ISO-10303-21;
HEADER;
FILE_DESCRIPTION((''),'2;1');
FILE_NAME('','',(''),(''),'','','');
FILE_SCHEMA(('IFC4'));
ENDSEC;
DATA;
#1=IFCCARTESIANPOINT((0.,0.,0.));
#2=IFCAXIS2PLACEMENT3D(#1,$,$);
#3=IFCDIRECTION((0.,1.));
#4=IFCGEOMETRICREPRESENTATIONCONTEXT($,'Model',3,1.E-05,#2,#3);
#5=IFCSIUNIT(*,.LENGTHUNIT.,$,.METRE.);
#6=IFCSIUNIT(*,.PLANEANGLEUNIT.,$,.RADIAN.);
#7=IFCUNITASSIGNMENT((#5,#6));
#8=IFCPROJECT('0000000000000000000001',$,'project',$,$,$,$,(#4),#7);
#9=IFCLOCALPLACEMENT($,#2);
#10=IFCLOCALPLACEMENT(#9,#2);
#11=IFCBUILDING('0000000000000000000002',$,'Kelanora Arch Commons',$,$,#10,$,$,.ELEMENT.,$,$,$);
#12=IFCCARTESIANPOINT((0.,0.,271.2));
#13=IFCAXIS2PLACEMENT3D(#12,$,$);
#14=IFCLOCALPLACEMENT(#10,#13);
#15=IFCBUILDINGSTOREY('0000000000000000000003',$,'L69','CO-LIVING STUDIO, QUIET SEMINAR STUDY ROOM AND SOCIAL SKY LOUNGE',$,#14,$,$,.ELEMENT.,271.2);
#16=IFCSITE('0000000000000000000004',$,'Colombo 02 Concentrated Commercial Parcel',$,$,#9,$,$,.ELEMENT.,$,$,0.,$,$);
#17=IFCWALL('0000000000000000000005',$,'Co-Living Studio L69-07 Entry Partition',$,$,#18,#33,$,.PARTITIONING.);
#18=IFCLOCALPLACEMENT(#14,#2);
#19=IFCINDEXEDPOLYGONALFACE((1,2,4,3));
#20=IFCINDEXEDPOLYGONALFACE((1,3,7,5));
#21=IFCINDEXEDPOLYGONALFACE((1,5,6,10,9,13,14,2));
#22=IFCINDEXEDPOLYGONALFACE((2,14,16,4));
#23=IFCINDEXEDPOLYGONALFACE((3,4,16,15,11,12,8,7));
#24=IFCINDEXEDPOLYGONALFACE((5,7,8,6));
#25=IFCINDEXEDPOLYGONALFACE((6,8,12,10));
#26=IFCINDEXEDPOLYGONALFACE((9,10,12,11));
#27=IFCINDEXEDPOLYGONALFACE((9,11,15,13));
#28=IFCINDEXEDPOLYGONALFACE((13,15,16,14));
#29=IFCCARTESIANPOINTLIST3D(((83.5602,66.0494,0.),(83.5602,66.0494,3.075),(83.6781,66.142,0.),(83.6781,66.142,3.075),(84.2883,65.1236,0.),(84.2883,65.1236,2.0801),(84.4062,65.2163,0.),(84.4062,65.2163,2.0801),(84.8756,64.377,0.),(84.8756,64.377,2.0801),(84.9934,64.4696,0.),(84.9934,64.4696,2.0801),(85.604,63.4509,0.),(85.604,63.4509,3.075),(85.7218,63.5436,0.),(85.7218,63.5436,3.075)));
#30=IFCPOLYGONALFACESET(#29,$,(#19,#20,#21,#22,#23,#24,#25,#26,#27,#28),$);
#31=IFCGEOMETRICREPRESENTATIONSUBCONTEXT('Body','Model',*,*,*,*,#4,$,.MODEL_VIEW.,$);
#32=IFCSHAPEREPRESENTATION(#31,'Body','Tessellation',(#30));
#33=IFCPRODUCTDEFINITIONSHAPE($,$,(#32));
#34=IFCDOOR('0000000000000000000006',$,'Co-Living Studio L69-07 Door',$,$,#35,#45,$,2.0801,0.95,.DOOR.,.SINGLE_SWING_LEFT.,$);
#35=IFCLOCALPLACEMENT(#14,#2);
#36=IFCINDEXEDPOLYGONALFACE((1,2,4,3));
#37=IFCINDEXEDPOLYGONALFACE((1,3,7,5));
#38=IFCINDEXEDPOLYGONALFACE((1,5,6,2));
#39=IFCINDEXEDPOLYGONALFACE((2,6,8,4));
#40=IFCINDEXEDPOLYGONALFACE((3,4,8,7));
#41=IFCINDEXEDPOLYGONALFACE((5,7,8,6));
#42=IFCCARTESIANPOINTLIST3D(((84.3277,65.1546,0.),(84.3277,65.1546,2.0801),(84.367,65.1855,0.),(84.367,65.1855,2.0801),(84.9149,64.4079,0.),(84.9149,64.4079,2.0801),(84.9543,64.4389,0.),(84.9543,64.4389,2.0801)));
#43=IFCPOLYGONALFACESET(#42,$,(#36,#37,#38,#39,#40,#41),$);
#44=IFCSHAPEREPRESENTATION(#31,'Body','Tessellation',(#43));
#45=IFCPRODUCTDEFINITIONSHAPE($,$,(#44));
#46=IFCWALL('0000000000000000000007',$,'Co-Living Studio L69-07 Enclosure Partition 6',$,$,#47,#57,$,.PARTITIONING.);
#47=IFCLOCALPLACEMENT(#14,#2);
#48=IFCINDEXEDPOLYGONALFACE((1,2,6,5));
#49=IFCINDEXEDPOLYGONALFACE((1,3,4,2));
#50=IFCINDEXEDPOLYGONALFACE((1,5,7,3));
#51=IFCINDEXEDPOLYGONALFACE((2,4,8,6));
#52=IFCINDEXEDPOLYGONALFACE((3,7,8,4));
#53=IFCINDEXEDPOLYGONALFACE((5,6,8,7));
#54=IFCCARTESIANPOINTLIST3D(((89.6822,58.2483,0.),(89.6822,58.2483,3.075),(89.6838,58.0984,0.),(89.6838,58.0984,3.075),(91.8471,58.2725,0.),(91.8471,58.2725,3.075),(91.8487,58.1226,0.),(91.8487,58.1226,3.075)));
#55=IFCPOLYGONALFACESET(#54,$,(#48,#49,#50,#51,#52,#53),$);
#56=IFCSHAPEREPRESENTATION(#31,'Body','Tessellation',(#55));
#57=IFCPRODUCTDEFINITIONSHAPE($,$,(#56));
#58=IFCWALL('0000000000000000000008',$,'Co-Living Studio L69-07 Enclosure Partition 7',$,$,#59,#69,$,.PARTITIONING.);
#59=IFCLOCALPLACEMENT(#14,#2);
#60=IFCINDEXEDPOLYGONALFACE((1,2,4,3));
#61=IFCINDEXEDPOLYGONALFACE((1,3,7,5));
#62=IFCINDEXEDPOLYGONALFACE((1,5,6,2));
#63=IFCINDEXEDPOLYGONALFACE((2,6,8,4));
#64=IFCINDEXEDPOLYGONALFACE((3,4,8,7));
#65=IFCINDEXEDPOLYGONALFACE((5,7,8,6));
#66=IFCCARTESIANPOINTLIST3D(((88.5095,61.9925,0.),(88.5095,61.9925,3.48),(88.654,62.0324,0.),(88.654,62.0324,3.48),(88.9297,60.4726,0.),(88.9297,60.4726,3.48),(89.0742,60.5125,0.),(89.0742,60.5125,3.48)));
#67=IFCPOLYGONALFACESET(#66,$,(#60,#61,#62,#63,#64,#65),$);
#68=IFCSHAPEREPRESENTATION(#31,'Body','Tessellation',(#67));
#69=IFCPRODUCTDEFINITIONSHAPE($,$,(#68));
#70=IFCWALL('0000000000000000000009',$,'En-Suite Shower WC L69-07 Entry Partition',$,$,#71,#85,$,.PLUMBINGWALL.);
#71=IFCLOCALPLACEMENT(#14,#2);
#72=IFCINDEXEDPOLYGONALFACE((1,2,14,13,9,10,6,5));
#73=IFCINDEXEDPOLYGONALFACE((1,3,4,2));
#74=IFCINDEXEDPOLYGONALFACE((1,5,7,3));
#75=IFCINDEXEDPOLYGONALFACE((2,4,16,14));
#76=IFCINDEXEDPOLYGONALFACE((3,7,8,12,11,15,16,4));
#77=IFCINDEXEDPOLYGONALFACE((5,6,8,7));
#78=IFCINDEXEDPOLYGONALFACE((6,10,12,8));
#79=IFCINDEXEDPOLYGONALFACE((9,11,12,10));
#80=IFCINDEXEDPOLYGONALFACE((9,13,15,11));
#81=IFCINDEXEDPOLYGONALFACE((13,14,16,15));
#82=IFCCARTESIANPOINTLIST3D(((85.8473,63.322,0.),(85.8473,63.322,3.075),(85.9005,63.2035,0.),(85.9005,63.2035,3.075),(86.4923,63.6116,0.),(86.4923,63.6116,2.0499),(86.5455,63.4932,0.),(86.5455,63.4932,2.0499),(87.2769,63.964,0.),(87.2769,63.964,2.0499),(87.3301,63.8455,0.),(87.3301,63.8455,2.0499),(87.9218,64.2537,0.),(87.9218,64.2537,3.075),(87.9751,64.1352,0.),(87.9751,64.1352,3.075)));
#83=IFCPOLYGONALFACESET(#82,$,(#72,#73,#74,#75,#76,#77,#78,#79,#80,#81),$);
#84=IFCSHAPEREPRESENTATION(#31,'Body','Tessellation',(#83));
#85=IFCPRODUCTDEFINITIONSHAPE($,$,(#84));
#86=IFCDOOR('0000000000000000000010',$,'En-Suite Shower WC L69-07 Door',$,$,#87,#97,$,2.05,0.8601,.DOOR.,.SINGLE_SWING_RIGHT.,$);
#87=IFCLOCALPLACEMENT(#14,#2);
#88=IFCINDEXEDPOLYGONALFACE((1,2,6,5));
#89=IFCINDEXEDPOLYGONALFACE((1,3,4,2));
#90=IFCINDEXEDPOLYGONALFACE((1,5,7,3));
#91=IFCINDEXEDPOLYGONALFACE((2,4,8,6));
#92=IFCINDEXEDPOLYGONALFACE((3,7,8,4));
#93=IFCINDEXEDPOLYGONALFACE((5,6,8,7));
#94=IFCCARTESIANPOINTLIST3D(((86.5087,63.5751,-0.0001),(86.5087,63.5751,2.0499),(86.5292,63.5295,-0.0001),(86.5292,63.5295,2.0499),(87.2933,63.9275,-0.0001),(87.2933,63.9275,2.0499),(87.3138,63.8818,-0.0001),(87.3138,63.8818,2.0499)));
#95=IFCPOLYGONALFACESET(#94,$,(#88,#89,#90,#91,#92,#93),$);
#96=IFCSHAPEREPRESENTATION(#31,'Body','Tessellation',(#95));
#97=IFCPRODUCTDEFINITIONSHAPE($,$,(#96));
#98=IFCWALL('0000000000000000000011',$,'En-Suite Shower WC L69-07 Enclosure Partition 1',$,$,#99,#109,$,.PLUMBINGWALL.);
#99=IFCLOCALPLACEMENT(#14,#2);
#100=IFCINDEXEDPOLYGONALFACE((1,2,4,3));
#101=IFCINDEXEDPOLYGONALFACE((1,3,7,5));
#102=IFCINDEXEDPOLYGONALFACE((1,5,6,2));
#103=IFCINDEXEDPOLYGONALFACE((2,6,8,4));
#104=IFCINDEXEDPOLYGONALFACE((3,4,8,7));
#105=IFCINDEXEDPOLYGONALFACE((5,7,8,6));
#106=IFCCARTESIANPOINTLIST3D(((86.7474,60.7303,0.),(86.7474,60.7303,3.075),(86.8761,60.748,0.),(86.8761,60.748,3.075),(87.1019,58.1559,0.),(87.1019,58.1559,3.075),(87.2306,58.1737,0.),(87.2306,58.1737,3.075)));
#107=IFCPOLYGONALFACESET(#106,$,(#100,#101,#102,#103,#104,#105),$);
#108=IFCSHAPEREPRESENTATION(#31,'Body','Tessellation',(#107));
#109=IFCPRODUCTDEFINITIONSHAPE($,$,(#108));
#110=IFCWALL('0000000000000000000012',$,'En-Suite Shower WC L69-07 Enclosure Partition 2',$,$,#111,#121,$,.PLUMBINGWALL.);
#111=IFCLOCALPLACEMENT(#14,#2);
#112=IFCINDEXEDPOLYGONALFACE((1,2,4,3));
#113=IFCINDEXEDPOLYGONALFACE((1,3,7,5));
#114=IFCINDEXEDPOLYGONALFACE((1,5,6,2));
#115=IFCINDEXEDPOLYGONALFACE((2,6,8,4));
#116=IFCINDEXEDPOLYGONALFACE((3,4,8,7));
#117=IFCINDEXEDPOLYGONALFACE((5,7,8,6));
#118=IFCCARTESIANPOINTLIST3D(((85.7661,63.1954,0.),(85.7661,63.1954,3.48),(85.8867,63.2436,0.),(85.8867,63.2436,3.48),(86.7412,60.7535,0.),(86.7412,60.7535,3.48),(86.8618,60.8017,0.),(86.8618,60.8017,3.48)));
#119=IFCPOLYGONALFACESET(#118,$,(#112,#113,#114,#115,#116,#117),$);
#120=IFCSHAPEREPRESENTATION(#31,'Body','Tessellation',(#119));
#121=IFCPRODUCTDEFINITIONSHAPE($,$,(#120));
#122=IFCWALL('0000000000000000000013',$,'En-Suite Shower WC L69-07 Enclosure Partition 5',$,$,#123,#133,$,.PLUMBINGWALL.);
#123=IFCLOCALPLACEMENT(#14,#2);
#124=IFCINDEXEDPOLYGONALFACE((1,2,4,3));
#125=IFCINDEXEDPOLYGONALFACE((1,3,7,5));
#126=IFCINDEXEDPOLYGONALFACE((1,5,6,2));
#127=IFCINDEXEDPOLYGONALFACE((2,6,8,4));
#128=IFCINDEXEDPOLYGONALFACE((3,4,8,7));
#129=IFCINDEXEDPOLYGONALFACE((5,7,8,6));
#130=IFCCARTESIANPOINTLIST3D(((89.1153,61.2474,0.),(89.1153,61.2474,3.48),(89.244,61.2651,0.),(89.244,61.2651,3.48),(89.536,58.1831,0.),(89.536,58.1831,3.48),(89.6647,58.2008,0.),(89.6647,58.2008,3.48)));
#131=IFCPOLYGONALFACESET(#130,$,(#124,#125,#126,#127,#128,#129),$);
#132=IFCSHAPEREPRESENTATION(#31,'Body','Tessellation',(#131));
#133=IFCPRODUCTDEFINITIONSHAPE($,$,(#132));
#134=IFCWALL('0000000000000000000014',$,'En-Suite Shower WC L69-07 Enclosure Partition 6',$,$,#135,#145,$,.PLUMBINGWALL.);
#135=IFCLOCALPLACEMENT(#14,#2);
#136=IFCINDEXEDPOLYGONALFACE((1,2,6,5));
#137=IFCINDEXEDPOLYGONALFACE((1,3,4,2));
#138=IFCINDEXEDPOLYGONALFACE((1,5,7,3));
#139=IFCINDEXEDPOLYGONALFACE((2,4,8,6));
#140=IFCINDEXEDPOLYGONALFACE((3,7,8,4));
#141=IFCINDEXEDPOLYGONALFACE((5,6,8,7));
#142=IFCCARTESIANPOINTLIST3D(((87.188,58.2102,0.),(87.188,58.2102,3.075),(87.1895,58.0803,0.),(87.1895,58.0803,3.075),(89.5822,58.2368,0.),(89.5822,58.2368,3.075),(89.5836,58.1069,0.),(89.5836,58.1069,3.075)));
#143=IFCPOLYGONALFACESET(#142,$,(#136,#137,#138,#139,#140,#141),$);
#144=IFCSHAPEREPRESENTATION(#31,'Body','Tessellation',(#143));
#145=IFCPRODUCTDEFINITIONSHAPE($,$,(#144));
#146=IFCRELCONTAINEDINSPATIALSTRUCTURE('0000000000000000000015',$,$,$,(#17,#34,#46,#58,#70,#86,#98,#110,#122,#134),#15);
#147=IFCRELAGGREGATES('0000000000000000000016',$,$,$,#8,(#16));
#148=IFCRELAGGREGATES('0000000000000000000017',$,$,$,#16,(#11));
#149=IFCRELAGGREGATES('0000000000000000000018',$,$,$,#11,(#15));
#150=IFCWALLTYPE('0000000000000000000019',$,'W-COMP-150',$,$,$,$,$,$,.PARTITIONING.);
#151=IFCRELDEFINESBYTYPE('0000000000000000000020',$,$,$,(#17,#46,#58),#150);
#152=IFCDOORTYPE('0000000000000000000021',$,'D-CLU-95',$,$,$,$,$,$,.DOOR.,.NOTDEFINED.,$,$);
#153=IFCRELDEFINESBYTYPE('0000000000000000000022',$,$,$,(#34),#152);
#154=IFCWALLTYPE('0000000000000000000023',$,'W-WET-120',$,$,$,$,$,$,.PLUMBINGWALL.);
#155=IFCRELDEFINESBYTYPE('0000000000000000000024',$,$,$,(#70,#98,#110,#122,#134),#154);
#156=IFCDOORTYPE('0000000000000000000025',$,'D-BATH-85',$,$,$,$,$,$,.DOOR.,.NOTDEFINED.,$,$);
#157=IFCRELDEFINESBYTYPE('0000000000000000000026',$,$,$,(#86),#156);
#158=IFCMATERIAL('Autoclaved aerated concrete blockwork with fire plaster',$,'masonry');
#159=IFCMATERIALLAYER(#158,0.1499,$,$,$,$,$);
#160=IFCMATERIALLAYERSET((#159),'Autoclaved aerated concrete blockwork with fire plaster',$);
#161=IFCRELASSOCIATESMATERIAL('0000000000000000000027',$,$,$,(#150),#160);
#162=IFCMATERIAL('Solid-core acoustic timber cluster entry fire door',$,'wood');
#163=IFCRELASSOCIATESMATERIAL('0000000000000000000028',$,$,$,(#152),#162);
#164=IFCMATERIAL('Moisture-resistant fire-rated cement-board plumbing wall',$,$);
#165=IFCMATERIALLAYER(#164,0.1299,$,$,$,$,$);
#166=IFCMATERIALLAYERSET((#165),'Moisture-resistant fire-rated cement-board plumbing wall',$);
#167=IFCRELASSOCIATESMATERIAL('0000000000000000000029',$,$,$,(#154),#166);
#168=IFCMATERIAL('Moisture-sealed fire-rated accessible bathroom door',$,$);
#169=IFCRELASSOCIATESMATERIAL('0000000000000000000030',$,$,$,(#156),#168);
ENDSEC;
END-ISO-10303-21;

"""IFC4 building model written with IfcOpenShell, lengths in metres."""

from ifc_helpers import new_model, si_unit, direction, frame, frame_2d, origin, place, context, subcontext, project, spatial, rectangle, extrude, material, layer, layer_set, type_object, element, fill, save


model = new_model("IFC4")

# Units and contexts
model_context = context("Model", 3, precision=1e-05, world=origin(), true_north=direction((0.0, 1.0)))
body_context = subcontext(model_context, "Body", "Model", "MODEL_VIEW")
ifc_project = project(units=[si_unit("LENGTHUNIT", "METRE"), si_unit("PLANEANGLEUNIT", "RADIAN")], contexts=[model_context])

# Site, building, storey
site_placement = place(None, origin())
site = spatial("IfcSite", under=ifc_project, at=site_placement, Name="Colombo 02 Concentrated Commercial Parcel", CompositionType="ELEMENT", RefElevation=0.0)
building_placement = place(site_placement, origin())
building = spatial("IfcBuilding", under=site, at=building_placement, Name="Kelanora Arch Commons", CompositionType="ELEMENT")
storey_placement = place(building_placement, frame((0.0, 0.0, 271.2)))
storey = spatial("IfcBuildingStorey", under=building, at=storey_placement, Name="L69", Description="CO-LIVING STUDIO, QUIET SEMINAR STUDY ROOM AND SOCIAL SKY LOUNGE", CompositionType="ELEMENT", Elevation=271.2)

# Wall, opening, door
ifc_material_1 = material(Name="Autoclaved aerated concrete blockwork with fire plaster", Category="masonry")
ifc_layer_1 = layer(ifc_material_1, 0.1499)
ifc_layer_set_1 = layer_set([ifc_layer_1], Name="Autoclaved aerated concrete blockwork with fire plaster")
wall_type_1 = type_object("IfcWallType", Name="W-COMP-150", PredefinedType="PARTITIONING", material=ifc_layer_set_1)
wall_1_placement = place(storey_placement, frame((85.6628, 63.4973, 0.0), z_axis=(0.0, 0.0, 1.0), x_axis=(-0.618216, 0.786008, 0.0)))
wall_1 = element("IfcWall", 1, at=wall_1_placement, inside=storey, type_object=wall_type_1, Name="Co-Living Studio L69-07 Entry Partition", PredefinedType="PARTITIONING", context=body_context, shape_type="SweptSolid", body=[
    extrude(rectangle(XDim=3.3059, YDim=0.1499, at=frame_2d((1.6528, 0.0))), origin(), (0.0, 0.0, 1.0), 3.075),
])
opening_1_placement = place(wall_1_placement, frame((1.178, 0.0, 0.0)))
opening_1 = element("IfcOpeningElement", 2, at=opening_1_placement, cuts=wall_1, PredefinedType="OPENING", context=body_context, shape_type="SweptSolid", body=[
    extrude(rectangle(XDim=0.95, YDim=2.0801, at=frame_2d((0.4751, 1.04))), frame((0.0, 0.085, 0.0), z_axis=(0.0, -1.0, 0.0), x_axis=(1.0, 0.0, 0.0)), (0.0, 0.0, 1.0), 0.1699),
])
ifc_material_2 = material(Name="Solid-core acoustic timber cluster entry fire door", Category="wood")
door_type_1 = type_object("IfcDoorType", Name="D-CLU-95", OperationType="NOTDEFINED", PredefinedType="DOOR", material=ifc_material_2)
door_1_placement = place(opening_1_placement, origin())
door_1 = element("IfcDoor", 3, at=door_1_placement, inside=storey, type_object=door_type_1, Name="Co-Living Studio L69-07 Door", OperationType="SINGLE_SWING_LEFT", OverallHeight=2.0801, OverallWidth=0.95, PredefinedType="DOOR", context=body_context, shape_type="SweptSolid", body=[
    extrude(rectangle(XDim=0.95, YDim=2.0801, at=frame_2d((0.4751, 1.04))), frame((0.0, 0.0249, 0.0), z_axis=(0.0, -1.0, 0.0), x_axis=(1.0, 0.0, 0.0)), (0.0, 0.0, 1.0), 0.05),
])
fill(opening_1, door_1)

# Walls
wall_2_placement = place(storey_placement, frame((91.8479, 58.1975, 0.0), z_axis=(0.0, 0.0, 1.0), x_axis=(-0.999938, -0.011164, 0.0)))
element("IfcWall", 4, at=wall_2_placement, inside=storey, type_object=wall_type_1, Name="Co-Living Studio L69-07 Enclosure Partition 6", PredefinedType="PARTITIONING", context=body_context, shape_type="SweptSolid", body=[
    extrude(rectangle(XDim=2.165, YDim=0.1499, at=frame_2d((1.0825, 0.0))), origin(), (0.0, 0.0, 1.0), 3.075),
])
wall_3_placement = place(storey_placement, frame((89.002, 60.4924, 0.0), z_axis=(0.0, 0.0, 1.0), x_axis=(-0.26647, 0.963843, 0.0)))
element("IfcWall", 5, at=wall_3_placement, inside=storey, type_object=wall_type_1, Name="Co-Living Studio L69-07 Enclosure Partition 7", PredefinedType="PARTITIONING", context=body_context, shape_type="SweptSolid", body=[
    extrude(rectangle(XDim=1.5769, YDim=0.1499, at=frame_2d((0.7886, 0.0))), origin(), (0.0, 0.0, 1.0), 3.48),
])

# Wall, opening, door
ifc_material_3 = material(Name="Moisture-resistant fire-rated cement-board plumbing wall")
ifc_layer_2 = layer(ifc_material_3, 0.1299)
ifc_layer_set_2 = layer_set([ifc_layer_2], Name="Moisture-resistant fire-rated cement-board plumbing wall")
wall_type_2 = type_object("IfcWallType", Name="W-WET-120", PredefinedType="PLUMBINGWALL", material=ifc_layer_set_2)
wall_4_placement = place(storey_placement, frame((85.8738, 63.2627, 0.0), z_axis=(0.0, 0.0, 1.0), x_axis=(0.912229, 0.409682, 0.0)))
wall_4 = element("IfcWall", 6, at=wall_4_placement, inside=storey, type_object=wall_type_2, Name="En-Suite Shower WC L69-07 Entry Partition", PredefinedType="PLUMBINGWALL", context=body_context, shape_type="SweptSolid", body=[
    extrude(rectangle(XDim=2.2742, YDim=0.1299, at=frame_2d((1.1372, 0.0))), origin(), (0.0, 0.0, 1.0), 3.075),
])
opening_2_placement = place(wall_4_placement, frame((0.707, 0.0, 0.0)))
opening_2 = element("IfcOpeningElement", 7, at=opening_2_placement, cuts=wall_4, PredefinedType="OPENING", context=body_context, shape_type="SweptSolid", body=[
    extrude(rectangle(XDim=0.8601, YDim=2.05, at=frame_2d((0.4302, 1.0249))), frame((0.0, 0.075, 0.0), z_axis=(0.0, -1.0, 0.0), x_axis=(1.0, 0.0, 0.0)), (0.0, 0.0, 1.0), 0.1499),
])
ifc_material_4 = material(Name="Moisture-sealed fire-rated accessible bathroom door")
door_type_2 = type_object("IfcDoorType", Name="D-BATH-85", OperationType="NOTDEFINED", PredefinedType="DOOR", material=ifc_material_4)
door_2_placement = place(opening_2_placement, origin())
door_2 = element("IfcDoor", 8, at=door_2_placement, inside=storey, type_object=door_type_2, Name="En-Suite Shower WC L69-07 Door", OperationType="SINGLE_SWING_RIGHT", OverallHeight=2.05, OverallWidth=0.8601, PredefinedType="DOOR", context=body_context, shape_type="SweptSolid", body=[
    extrude(rectangle(XDim=0.8601, YDim=2.05, at=frame_2d((0.4302, 1.0249))), frame((0.0, 0.0249, 0.0), z_axis=(0.0, -1.0, 0.0), x_axis=(1.0, 0.0, 0.0)), (0.0, 0.0, 1.0), 0.05),
])
fill(opening_2, door_2)

# Walls
wall_5_placement = place(storey_placement, frame((87.1663, 58.1648, 0.0), z_axis=(0.0, 0.0, 1.0), x_axis=(-0.136409, 0.990653, 0.0)))
element("IfcWall", 9, at=wall_5_placement, inside=storey, type_object=wall_type_2, Name="En-Suite Shower WC L69-07 Enclosure Partition 1", PredefinedType="PLUMBINGWALL", context=body_context, shape_type="SweptSolid", body=[
    extrude(rectangle(XDim=2.5986, YDim=0.1299, at=frame_2d((1.2993, 0.0))), origin(), (0.0, 0.0, 1.0), 3.075),
])
wall_6_placement = place(storey_placement, frame((86.8015, 60.7776, 0.0), z_axis=(0.0, 0.0, 1.0), x_axis=(-0.370846, 0.928694, 0.0)))
element("IfcWall", 10, at=wall_6_placement, inside=storey, type_object=wall_type_2, Name="En-Suite Shower WC L69-07 Enclosure Partition 2", PredefinedType="PLUMBINGWALL", context=body_context, shape_type="SweptSolid", body=[
    extrude(rectangle(XDim=2.6294, YDim=0.1299, at=frame_2d((1.3147, 0.0))), origin(), (0.0, 0.0, 1.0), 3.48),
])
wall_7_placement = place(storey_placement, frame((89.1797, 61.2561, 0.0), z_axis=(0.0, 0.0, 1.0), x_axis=(0.136004, -0.990708, 0.0)))
element("IfcWall", 11, at=wall_7_placement, inside=storey, type_object=wall_type_2, Name="En-Suite Shower WC L69-07 Enclosure Partition 5", PredefinedType="PLUMBINGWALL", context=body_context, shape_type="SweptSolid", body=[
    extrude(rectangle(XDim=3.093, YDim=0.1299, at=frame_2d((1.5464, 0.0))), origin(), (0.0, 0.0, 1.0), 3.48),
])
wall_8_placement = place(storey_placement, frame((89.583, 58.1719, 0.0), z_axis=(0.0, 0.0, 1.0), x_axis=(-0.999938, -0.011115, 0.0)))
element("IfcWall", 12, at=wall_8_placement, inside=storey, type_object=wall_type_2, Name="En-Suite Shower WC L69-07 Enclosure Partition 6", PredefinedType="PLUMBINGWALL", context=body_context, shape_type="SweptSolid", body=[
    extrude(rectangle(XDim=2.3943, YDim=0.1299, at=frame_2d((1.1973, 0.0))), origin(), (0.0, 0.0, 1.0), 3.075),
])

save(model, "model.ifc")
